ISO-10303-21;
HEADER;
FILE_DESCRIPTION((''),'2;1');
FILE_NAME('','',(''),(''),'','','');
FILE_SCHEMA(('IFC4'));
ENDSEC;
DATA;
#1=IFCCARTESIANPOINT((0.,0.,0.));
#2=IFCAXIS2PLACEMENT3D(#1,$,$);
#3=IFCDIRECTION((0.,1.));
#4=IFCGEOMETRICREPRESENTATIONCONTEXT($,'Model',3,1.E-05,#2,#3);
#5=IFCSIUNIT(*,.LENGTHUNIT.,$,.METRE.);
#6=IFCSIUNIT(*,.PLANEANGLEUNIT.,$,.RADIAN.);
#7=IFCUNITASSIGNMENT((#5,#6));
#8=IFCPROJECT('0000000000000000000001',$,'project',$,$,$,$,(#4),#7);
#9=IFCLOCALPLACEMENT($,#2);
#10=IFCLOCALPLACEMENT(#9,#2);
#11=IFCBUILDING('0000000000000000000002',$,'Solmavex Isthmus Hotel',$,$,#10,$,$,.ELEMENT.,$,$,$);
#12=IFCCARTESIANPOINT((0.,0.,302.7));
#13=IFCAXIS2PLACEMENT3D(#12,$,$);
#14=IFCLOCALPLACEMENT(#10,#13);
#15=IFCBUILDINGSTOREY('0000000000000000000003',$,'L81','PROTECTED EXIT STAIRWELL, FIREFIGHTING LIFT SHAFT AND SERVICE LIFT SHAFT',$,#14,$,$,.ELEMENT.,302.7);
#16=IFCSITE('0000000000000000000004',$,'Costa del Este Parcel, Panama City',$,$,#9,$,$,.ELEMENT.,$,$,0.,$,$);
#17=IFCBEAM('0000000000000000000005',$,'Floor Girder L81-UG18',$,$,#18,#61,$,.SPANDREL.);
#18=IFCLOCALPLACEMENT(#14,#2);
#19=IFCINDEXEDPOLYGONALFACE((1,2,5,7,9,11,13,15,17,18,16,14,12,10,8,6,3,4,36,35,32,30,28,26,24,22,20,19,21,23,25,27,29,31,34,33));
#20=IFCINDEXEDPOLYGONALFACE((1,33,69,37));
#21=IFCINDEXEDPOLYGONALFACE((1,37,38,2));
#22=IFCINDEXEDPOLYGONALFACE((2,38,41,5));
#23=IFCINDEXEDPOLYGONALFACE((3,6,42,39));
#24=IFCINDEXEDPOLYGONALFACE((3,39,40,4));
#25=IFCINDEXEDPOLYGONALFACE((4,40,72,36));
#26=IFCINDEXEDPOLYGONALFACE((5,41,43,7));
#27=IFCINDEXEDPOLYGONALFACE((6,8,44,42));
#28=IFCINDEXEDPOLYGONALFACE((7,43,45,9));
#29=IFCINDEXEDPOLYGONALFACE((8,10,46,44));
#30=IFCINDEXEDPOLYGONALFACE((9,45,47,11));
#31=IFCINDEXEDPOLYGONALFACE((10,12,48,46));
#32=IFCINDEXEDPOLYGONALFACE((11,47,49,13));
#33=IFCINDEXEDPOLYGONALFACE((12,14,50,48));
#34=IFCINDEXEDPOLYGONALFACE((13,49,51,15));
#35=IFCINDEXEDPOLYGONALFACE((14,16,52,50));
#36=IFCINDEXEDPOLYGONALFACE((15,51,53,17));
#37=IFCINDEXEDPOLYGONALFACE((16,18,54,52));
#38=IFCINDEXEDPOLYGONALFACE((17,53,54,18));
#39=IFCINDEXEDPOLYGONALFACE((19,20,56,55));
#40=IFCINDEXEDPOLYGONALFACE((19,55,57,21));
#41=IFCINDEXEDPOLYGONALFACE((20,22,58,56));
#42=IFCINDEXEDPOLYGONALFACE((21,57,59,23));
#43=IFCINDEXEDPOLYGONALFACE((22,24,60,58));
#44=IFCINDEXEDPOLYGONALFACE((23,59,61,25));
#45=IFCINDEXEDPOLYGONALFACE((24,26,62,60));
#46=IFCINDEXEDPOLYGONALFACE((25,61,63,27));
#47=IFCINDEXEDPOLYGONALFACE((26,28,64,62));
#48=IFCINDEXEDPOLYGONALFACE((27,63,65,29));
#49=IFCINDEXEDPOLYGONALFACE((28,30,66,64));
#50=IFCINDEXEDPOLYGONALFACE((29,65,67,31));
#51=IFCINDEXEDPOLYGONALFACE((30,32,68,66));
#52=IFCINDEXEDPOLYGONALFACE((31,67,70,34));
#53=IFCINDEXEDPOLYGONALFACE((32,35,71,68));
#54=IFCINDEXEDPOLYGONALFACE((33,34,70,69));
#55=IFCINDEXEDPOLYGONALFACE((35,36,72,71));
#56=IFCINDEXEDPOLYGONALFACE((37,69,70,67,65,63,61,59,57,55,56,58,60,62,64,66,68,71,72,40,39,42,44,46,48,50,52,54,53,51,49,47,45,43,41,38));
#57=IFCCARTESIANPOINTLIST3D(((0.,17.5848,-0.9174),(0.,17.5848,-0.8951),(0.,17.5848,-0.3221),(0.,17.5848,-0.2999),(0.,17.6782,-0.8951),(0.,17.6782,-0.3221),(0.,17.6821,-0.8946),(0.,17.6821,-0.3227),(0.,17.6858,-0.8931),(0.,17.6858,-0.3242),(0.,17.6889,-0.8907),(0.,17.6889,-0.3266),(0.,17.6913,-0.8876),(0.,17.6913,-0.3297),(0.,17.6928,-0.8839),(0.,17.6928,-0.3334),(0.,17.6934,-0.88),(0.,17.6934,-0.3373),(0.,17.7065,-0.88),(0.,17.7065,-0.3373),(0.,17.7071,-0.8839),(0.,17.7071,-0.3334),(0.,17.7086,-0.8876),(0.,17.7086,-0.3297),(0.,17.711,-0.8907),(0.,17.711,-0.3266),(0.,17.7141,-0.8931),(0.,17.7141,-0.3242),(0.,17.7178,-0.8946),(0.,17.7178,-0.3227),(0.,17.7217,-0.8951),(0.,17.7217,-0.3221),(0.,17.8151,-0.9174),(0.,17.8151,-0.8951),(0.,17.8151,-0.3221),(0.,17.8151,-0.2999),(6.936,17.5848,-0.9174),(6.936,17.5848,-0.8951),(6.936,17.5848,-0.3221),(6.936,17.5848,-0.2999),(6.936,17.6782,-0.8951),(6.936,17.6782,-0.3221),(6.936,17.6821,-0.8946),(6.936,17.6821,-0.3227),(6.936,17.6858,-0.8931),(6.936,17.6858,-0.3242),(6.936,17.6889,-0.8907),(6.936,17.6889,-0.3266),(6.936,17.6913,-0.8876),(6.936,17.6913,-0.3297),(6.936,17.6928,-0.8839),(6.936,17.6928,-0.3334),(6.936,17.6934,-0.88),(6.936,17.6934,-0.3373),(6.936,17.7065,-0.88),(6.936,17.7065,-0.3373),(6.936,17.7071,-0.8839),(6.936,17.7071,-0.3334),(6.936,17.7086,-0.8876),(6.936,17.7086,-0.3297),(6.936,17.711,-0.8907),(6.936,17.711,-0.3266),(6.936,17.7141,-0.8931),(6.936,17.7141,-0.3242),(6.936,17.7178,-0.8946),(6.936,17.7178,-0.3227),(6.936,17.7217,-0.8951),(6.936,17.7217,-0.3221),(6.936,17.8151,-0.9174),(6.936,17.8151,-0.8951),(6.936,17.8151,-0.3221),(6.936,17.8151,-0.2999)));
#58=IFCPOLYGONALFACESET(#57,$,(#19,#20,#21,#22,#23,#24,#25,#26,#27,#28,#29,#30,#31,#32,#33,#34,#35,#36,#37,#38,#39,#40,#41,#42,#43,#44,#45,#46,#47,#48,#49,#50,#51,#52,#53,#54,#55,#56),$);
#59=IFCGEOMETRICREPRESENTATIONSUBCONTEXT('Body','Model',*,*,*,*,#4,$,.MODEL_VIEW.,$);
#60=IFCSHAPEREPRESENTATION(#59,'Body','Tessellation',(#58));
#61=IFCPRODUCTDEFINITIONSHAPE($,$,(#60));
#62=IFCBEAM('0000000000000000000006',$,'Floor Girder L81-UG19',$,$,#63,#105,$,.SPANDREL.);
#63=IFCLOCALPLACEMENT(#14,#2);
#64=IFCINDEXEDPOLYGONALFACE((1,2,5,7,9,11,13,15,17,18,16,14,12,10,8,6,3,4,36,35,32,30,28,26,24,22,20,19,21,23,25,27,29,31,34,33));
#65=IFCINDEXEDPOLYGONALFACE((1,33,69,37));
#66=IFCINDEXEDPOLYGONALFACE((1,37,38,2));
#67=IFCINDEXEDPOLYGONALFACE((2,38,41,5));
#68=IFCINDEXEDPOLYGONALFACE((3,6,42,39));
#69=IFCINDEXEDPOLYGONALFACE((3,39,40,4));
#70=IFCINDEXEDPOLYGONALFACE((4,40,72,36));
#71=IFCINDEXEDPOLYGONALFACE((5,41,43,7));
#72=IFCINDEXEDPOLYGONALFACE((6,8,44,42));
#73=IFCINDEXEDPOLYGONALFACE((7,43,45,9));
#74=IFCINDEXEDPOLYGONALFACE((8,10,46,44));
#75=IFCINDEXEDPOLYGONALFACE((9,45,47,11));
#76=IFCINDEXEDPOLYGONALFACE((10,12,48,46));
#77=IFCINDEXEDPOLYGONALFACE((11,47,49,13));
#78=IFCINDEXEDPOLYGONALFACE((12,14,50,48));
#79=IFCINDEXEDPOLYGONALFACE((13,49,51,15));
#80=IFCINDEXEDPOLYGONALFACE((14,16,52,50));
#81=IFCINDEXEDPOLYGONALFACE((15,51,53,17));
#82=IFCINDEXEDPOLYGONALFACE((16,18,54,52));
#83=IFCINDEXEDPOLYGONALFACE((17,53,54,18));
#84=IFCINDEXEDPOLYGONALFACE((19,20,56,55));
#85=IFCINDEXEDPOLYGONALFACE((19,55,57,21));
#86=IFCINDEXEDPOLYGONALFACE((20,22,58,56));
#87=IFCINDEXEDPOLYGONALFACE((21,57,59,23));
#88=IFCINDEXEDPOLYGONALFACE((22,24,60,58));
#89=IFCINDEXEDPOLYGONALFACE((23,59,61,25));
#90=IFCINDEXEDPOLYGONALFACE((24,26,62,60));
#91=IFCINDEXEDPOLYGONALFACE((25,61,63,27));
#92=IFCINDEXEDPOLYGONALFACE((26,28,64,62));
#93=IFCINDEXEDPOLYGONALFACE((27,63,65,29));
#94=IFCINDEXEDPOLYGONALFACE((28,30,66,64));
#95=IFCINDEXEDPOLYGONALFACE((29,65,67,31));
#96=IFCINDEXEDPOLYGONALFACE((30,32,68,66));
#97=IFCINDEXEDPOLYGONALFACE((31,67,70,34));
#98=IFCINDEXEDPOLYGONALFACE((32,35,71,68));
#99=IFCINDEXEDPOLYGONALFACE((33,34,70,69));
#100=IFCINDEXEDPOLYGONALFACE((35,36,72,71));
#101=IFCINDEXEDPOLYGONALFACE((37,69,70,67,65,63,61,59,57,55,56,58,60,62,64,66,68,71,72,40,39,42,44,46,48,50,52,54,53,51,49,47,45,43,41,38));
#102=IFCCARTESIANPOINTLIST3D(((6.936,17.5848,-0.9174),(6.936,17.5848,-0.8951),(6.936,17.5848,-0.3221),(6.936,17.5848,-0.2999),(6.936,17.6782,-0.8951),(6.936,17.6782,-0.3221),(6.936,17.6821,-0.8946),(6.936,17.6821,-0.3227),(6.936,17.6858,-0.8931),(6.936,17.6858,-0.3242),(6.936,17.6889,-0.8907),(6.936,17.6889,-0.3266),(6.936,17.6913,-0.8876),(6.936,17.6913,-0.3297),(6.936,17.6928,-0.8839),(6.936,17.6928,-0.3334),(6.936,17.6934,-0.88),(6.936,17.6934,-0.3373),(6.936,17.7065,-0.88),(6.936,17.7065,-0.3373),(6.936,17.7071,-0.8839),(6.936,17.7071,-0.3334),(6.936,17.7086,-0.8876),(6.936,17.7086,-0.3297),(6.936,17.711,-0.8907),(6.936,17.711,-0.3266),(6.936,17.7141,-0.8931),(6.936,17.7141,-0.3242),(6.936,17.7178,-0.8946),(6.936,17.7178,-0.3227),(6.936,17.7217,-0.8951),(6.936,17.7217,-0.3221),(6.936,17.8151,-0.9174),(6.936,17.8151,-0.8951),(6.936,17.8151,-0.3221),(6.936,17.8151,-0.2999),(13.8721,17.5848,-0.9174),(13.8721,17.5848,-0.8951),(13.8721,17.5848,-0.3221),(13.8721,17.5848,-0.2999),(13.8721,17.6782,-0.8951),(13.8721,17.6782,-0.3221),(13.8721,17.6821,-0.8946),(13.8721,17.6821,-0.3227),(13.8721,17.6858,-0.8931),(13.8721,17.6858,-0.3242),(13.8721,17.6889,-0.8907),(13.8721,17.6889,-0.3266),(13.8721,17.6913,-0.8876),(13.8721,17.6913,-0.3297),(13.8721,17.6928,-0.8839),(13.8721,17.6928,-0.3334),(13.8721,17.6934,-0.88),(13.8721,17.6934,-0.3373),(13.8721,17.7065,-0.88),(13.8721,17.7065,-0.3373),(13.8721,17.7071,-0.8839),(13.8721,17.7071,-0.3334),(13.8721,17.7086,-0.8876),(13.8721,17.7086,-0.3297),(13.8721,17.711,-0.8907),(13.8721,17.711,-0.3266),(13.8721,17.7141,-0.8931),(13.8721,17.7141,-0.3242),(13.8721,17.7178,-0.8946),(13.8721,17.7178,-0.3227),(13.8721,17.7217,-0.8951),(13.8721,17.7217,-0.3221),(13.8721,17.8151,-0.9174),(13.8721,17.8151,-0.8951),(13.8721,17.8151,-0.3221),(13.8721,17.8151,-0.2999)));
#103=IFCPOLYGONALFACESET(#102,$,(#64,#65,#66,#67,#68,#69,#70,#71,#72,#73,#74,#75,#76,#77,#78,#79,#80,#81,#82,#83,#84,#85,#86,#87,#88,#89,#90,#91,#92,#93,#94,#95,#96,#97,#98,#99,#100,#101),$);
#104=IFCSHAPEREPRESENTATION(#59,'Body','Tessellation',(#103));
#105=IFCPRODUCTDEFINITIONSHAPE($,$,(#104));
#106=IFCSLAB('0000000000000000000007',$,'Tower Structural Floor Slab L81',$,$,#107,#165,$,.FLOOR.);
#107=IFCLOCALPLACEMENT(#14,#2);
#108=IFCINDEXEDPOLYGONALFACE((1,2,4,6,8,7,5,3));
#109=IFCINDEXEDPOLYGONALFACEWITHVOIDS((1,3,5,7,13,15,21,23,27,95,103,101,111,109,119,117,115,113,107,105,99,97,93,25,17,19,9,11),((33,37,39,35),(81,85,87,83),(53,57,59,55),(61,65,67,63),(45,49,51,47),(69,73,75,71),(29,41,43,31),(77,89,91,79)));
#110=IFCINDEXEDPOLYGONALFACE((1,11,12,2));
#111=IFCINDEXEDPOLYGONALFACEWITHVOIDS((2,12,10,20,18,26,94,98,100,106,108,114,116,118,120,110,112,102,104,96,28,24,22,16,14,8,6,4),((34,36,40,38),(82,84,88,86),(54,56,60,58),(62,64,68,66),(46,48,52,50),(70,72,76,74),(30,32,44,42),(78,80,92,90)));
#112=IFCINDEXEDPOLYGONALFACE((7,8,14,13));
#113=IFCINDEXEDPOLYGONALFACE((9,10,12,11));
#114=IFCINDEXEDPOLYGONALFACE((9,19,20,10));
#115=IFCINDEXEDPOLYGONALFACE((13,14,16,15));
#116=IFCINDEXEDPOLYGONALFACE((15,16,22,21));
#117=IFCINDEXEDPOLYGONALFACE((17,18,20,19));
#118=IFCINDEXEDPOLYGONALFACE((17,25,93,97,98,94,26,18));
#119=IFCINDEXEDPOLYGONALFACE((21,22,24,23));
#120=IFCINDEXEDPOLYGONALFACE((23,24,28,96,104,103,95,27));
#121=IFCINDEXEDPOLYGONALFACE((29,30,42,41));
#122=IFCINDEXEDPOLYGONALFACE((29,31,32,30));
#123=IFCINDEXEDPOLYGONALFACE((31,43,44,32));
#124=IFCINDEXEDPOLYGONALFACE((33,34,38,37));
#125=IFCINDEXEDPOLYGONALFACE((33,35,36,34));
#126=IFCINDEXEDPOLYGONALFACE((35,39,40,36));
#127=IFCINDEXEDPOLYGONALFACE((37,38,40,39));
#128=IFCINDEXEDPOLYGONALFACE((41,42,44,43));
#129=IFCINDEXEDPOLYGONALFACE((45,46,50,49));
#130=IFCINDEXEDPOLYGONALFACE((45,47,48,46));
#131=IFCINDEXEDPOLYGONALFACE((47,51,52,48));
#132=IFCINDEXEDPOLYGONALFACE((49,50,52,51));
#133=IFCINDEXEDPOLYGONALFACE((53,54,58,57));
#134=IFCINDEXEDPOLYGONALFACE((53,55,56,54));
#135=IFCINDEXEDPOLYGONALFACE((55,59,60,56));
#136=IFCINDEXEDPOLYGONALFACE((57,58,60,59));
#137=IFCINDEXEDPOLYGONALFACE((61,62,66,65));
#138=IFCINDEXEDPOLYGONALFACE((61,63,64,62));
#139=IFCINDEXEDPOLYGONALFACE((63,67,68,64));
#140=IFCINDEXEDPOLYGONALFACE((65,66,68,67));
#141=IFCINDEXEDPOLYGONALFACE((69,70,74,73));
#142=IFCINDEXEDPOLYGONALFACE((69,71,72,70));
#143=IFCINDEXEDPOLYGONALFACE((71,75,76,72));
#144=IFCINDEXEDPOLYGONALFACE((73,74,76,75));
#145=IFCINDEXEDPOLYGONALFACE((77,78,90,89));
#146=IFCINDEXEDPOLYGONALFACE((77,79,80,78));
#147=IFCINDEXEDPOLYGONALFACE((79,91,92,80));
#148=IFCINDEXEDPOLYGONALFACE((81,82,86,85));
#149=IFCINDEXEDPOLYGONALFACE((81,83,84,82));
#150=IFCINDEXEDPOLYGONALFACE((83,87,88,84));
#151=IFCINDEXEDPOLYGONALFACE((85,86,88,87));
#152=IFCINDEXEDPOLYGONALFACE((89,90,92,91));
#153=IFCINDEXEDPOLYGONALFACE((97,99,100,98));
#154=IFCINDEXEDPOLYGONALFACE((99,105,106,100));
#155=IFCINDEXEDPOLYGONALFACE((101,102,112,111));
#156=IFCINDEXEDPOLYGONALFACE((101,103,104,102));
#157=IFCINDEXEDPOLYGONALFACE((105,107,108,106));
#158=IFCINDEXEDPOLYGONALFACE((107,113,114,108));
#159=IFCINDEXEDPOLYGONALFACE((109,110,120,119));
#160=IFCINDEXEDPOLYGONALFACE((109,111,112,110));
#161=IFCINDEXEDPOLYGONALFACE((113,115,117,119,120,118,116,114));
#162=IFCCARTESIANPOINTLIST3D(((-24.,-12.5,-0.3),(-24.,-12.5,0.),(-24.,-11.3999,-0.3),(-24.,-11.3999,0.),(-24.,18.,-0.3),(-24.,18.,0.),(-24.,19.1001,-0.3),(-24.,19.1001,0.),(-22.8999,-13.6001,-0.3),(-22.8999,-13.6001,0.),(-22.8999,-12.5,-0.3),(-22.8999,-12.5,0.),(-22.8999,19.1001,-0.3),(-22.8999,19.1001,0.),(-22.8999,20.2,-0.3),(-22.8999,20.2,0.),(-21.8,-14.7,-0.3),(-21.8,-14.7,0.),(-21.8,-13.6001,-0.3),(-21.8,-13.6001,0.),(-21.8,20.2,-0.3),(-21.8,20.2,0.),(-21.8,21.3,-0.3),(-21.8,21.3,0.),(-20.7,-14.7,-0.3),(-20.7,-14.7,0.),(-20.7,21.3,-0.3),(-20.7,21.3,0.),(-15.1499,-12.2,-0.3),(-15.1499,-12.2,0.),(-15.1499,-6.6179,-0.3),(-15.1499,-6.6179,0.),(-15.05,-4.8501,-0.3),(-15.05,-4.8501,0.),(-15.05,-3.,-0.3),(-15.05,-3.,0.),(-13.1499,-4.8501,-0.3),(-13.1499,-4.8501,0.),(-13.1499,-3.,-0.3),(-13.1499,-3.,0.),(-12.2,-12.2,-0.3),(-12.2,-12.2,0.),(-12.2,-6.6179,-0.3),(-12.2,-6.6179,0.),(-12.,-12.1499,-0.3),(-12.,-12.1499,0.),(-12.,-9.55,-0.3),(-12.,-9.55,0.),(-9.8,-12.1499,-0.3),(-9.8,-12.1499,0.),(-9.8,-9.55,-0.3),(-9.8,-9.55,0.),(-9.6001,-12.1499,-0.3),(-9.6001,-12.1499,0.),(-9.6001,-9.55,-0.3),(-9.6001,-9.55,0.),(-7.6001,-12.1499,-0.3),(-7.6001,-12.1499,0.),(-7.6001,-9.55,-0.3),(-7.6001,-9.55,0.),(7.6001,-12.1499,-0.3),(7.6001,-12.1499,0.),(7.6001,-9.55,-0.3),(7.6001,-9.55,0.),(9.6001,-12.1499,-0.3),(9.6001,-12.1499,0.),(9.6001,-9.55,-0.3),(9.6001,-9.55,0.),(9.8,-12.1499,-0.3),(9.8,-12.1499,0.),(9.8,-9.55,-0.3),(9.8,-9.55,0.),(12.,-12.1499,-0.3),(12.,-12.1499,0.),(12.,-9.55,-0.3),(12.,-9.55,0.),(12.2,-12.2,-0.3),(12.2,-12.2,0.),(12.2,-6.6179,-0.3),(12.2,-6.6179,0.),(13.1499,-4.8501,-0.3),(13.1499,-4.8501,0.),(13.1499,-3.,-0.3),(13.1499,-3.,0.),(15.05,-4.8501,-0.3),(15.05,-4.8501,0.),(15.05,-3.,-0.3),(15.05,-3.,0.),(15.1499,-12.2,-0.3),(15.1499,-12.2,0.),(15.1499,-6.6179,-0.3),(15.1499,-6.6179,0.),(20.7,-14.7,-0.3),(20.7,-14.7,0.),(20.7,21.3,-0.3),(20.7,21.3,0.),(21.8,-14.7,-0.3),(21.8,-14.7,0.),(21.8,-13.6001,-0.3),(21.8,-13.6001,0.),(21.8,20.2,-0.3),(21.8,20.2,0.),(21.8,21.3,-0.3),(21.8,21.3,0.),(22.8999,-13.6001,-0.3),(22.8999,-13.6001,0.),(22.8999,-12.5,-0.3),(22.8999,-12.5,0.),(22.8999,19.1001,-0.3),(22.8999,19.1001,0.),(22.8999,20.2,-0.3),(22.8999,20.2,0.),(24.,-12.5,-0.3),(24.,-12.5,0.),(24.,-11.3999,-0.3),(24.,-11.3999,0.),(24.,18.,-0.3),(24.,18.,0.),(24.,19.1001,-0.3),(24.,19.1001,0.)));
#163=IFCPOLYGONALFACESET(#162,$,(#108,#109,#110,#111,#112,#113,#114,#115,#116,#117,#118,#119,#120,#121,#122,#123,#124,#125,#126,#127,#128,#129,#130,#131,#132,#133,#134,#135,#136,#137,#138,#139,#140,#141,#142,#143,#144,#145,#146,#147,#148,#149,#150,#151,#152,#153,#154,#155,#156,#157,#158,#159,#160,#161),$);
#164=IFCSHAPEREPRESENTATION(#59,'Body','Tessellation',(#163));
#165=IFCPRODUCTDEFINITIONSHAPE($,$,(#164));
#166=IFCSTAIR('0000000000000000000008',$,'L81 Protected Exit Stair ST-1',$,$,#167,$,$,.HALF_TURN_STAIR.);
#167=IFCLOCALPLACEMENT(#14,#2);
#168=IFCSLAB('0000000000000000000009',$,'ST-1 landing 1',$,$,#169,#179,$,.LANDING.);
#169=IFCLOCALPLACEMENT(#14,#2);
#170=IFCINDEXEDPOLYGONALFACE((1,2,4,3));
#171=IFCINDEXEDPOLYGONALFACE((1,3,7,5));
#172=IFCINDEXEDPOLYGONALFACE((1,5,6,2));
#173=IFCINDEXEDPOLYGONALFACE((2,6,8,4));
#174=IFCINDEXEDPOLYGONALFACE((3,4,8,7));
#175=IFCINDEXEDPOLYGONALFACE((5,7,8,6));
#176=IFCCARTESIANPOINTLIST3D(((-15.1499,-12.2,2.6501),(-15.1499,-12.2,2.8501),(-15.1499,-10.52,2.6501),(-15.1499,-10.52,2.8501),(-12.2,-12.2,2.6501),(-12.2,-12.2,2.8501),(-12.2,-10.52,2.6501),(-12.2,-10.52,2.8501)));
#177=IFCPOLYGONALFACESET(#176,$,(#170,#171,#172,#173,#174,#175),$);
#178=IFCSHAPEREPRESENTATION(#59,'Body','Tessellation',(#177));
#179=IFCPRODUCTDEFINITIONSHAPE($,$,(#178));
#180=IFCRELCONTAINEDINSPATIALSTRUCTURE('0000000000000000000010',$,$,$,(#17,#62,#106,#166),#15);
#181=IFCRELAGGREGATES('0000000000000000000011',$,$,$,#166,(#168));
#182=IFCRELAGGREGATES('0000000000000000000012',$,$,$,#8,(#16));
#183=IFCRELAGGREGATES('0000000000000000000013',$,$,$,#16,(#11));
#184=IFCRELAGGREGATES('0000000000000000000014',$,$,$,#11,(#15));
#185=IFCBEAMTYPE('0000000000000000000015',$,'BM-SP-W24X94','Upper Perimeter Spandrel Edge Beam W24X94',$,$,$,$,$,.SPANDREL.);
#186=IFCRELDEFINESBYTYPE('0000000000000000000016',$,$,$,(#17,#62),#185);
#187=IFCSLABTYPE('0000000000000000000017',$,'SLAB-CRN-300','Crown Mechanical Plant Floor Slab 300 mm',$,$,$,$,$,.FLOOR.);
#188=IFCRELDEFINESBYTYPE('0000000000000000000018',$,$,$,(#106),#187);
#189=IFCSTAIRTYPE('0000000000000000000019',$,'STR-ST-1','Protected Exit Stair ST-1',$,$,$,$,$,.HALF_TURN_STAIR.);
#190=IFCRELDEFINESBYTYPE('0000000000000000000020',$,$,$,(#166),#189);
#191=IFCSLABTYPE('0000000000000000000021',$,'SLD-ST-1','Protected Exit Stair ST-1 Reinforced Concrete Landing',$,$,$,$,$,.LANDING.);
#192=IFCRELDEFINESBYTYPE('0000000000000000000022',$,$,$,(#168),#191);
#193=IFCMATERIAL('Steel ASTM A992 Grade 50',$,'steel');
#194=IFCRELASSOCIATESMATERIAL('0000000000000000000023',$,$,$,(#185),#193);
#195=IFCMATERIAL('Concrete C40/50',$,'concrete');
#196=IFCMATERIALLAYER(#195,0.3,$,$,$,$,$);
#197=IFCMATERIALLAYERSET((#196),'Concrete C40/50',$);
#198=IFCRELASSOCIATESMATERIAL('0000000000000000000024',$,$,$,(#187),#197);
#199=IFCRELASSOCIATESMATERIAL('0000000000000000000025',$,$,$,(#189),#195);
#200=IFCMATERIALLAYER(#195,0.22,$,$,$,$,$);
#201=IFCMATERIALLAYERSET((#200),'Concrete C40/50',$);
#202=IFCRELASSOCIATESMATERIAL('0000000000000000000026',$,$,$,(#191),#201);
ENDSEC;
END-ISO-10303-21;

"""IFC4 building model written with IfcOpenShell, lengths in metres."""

from ifc_helpers import new_model, si_unit, direction, frame, origin, origin_2d, place, context, subcontext, project, spatial, polyline, i_section, outline, extrude, material, layer, layer_set, material_profile, profile_set, type_object, element, aggregate, save


model = new_model("IFC4")

# Units and contexts
model_context = context("Model", 3, precision=1e-05, world=origin(), true_north=direction((0.0, 1.0)))
body_context = subcontext(model_context, "Body", "Model", "MODEL_VIEW")
ifc_project = project(units=[si_unit("LENGTHUNIT", "METRE"), si_unit("PLANEANGLEUNIT", "RADIAN")], contexts=[model_context])

# Site, building, storey
site_placement = place(None, origin())
site = spatial("IfcSite", under=ifc_project, at=site_placement, Name="Costa del Este Parcel, Panama City", CompositionType="ELEMENT", RefElevation=0.0)
building_placement = place(site_placement, origin())
building = spatial("IfcBuilding", under=site, at=building_placement, Name="Solmavex Isthmus Hotel", CompositionType="ELEMENT")
storey_placement = place(building_placement, frame((0.0, 0.0, 302.7)))
storey = spatial("IfcBuildingStorey", under=building, at=storey_placement, Name="L81", Description="PROTECTED EXIT STAIRWELL, FIREFIGHTING LIFT SHAFT AND SERVICE LIFT SHAFT", CompositionType="ELEMENT", Elevation=302.7)

# Beams
ifc_material_1 = material(Name="Steel ASTM A992 Grade 50", Category="steel")
ifc_material_profile_1 = material_profile(ifc_material_1, i_section(OverallWidth=0.2302, OverallDepth=0.6174, WebThickness=0.0132, FlangeThickness=0.0222, FilletRadius=0.0151, at=origin_2d()), Name="W24X94")
ifc_profile_set_1 = profile_set([ifc_material_profile_1], Name="Steel ASTM A992 Grade 50")
beam_type_1 = type_object("IfcBeamType", Name="BM-SP-W24X94", Description="Upper Perimeter Spandrel Edge Beam W24X94", PredefinedType="SPANDREL", material=ifc_profile_set_1)
for number, where, z_axis, x_axis, name in (
    (1, (0.0, 17.7, -0.6086), (1.0, 0.0, 0.0), (0.0, 1.0, 0.0), "Floor Girder L81-UG18"),
    (2, (6.936, 17.7, -0.6086), (1.0, 0.0, 0.0), (0.0, 1.0, 0.0), "Floor Girder L81-UG19"),
):
    element("IfcBeam", number, at=place(storey_placement, frame(where, z_axis=z_axis, x_axis=x_axis)), inside=storey, type_object=beam_type_1, Name=name, PredefinedType="SPANDREL", context=body_context, shape_type="SweptSolid", body=[
        extrude(i_section(OverallWidth=0.2302, OverallDepth=0.6174, WebThickness=0.0132, FlangeThickness=0.0222, FilletRadius=0.0151, at=origin_2d()), origin(), (0.0, 0.0, 1.0), 6.936),
    ])

# Slab
ifc_material_2 = material(Name="Concrete C40/50", Category="concrete")
ifc_layer_1 = layer(ifc_material_2, 0.3)
ifc_layer_set_1 = layer_set([ifc_layer_1], Name="Concrete C40/50")
slab_type_1 = type_object("IfcSlabType", Name="SLAB-CRN-300", Description="Crown Mechanical Plant Floor Slab 300 mm", PredefinedType="FLOOR", material=ifc_layer_set_1)
slab_1_placement = place(storey_placement, frame((0.0, 0.0, -0.3)))
element("IfcSlab", 3, at=slab_1_placement, inside=storey, type_object=slab_type_1, Name="Tower Structural Floor Slab L81", PredefinedType="FLOOR", context=body_context, shape_type="SweptSolid", body=[
    extrude(outline(polyline([(-20.7, -14.7), (20.7, -14.7), (21.8, -14.7), (21.8, -13.6001), (22.8999, -13.6001), (22.8999, -12.5), (24.0, -12.5), (24.0, -11.3999), (24.0, 18.0), (24.0, 19.1001), (22.8999, 19.1001), (22.8999, 20.2), (21.8, 20.2), (21.8, 21.3), (20.7, 21.3), (-20.7, 21.3), (-21.8, 21.3), (-21.8, 20.2), (-22.8999, 20.2), (-22.8999, 19.1001), (-24.0, 19.1001), (-24.0, 18.0), (-24.0, -11.3999), (-24.0, -12.5), (-22.8999, -12.5), (-22.8999, -13.6001), (-21.8, -13.6001), (-21.8, -14.7), (-20.7, -14.7)]), holes=[polyline([(-15.1499, -6.6179), (-15.1499, -12.2), (-12.2, -12.2), (-12.2, -6.6179), (-15.1499, -6.6179)]), polyline([(12.2, -6.6179), (12.2, -12.2), (15.1499, -12.2), (15.1499, -6.6179), (12.2, -6.6179)]), polyline([(-12.0, -12.1499), (-9.8, -12.1499), (-9.8, -9.55), (-12.0, -9.55), (-12.0, -12.1499)]), polyline([(9.8, -12.1499), (12.0, -12.1499), (12.0, -9.55), (9.8, -9.55), (9.8, -12.1499)]), polyline([(-9.6001, -12.1499), (-7.6001, -12.1499), (-7.6001, -9.55), (-9.6001, -9.55), (-9.6001, -12.1499)]), polyline([(7.6001, -12.1499), (9.6001, -12.1499), (9.6001, -9.55), (7.6001, -9.55), (7.6001, -12.1499)]), polyline([(-15.05, -4.8501), (-13.1499, -4.8501), (-13.1499, -3.0), (-15.05, -3.0), (-15.05, -4.8501)]), polyline([(13.1499, -4.8501), (15.05, -4.8501), (15.05, -3.0), (13.1499, -3.0), (13.1499, -4.8501)])]), origin(), (0.0, 0.0, 1.0), 0.3),
])

# Stair, slab
stair_type_1 = type_object("IfcStairType", Name="STR-ST-1", Description="Protected Exit Stair ST-1", PredefinedType="HALF_TURN_STAIR", material=ifc_material_2)
stair_1_placement = place(storey_placement, origin())
stair_1 = element("IfcStair", 4, at=stair_1_placement, inside=storey, type_object=stair_type_1, Name="L81 Protected Exit Stair ST-1", PredefinedType="HALF_TURN_STAIR")
ifc_layer_2 = layer(ifc_material_2, 0.22)
ifc_layer_set_2 = layer_set([ifc_layer_2], Name="Concrete C40/50")
slab_type_2 = type_object("IfcSlabType", Name="SLD-ST-1", Description="Protected Exit Stair ST-1 Reinforced Concrete Landing", PredefinedType="LANDING", material=ifc_layer_set_2)
slab_2_placement = place(storey_placement, frame((0.0, 0.0, 2.6501)))
slab_2 = element("IfcSlab", 5, at=slab_2_placement, type_object=slab_type_2, Name="ST-1 landing 1", PredefinedType="LANDING", context=body_context, shape_type="SweptSolid", body=[
    extrude(outline(polyline([(-15.1499, -10.52), (-15.1499, -12.2), (-12.2, -12.2), (-12.2, -10.52), (-15.1499, -10.52)])), origin(), (0.0, 0.0, 1.0), 0.2),
])
aggregate(stair_1, [slab_2])

save(model, "model.ifc")
